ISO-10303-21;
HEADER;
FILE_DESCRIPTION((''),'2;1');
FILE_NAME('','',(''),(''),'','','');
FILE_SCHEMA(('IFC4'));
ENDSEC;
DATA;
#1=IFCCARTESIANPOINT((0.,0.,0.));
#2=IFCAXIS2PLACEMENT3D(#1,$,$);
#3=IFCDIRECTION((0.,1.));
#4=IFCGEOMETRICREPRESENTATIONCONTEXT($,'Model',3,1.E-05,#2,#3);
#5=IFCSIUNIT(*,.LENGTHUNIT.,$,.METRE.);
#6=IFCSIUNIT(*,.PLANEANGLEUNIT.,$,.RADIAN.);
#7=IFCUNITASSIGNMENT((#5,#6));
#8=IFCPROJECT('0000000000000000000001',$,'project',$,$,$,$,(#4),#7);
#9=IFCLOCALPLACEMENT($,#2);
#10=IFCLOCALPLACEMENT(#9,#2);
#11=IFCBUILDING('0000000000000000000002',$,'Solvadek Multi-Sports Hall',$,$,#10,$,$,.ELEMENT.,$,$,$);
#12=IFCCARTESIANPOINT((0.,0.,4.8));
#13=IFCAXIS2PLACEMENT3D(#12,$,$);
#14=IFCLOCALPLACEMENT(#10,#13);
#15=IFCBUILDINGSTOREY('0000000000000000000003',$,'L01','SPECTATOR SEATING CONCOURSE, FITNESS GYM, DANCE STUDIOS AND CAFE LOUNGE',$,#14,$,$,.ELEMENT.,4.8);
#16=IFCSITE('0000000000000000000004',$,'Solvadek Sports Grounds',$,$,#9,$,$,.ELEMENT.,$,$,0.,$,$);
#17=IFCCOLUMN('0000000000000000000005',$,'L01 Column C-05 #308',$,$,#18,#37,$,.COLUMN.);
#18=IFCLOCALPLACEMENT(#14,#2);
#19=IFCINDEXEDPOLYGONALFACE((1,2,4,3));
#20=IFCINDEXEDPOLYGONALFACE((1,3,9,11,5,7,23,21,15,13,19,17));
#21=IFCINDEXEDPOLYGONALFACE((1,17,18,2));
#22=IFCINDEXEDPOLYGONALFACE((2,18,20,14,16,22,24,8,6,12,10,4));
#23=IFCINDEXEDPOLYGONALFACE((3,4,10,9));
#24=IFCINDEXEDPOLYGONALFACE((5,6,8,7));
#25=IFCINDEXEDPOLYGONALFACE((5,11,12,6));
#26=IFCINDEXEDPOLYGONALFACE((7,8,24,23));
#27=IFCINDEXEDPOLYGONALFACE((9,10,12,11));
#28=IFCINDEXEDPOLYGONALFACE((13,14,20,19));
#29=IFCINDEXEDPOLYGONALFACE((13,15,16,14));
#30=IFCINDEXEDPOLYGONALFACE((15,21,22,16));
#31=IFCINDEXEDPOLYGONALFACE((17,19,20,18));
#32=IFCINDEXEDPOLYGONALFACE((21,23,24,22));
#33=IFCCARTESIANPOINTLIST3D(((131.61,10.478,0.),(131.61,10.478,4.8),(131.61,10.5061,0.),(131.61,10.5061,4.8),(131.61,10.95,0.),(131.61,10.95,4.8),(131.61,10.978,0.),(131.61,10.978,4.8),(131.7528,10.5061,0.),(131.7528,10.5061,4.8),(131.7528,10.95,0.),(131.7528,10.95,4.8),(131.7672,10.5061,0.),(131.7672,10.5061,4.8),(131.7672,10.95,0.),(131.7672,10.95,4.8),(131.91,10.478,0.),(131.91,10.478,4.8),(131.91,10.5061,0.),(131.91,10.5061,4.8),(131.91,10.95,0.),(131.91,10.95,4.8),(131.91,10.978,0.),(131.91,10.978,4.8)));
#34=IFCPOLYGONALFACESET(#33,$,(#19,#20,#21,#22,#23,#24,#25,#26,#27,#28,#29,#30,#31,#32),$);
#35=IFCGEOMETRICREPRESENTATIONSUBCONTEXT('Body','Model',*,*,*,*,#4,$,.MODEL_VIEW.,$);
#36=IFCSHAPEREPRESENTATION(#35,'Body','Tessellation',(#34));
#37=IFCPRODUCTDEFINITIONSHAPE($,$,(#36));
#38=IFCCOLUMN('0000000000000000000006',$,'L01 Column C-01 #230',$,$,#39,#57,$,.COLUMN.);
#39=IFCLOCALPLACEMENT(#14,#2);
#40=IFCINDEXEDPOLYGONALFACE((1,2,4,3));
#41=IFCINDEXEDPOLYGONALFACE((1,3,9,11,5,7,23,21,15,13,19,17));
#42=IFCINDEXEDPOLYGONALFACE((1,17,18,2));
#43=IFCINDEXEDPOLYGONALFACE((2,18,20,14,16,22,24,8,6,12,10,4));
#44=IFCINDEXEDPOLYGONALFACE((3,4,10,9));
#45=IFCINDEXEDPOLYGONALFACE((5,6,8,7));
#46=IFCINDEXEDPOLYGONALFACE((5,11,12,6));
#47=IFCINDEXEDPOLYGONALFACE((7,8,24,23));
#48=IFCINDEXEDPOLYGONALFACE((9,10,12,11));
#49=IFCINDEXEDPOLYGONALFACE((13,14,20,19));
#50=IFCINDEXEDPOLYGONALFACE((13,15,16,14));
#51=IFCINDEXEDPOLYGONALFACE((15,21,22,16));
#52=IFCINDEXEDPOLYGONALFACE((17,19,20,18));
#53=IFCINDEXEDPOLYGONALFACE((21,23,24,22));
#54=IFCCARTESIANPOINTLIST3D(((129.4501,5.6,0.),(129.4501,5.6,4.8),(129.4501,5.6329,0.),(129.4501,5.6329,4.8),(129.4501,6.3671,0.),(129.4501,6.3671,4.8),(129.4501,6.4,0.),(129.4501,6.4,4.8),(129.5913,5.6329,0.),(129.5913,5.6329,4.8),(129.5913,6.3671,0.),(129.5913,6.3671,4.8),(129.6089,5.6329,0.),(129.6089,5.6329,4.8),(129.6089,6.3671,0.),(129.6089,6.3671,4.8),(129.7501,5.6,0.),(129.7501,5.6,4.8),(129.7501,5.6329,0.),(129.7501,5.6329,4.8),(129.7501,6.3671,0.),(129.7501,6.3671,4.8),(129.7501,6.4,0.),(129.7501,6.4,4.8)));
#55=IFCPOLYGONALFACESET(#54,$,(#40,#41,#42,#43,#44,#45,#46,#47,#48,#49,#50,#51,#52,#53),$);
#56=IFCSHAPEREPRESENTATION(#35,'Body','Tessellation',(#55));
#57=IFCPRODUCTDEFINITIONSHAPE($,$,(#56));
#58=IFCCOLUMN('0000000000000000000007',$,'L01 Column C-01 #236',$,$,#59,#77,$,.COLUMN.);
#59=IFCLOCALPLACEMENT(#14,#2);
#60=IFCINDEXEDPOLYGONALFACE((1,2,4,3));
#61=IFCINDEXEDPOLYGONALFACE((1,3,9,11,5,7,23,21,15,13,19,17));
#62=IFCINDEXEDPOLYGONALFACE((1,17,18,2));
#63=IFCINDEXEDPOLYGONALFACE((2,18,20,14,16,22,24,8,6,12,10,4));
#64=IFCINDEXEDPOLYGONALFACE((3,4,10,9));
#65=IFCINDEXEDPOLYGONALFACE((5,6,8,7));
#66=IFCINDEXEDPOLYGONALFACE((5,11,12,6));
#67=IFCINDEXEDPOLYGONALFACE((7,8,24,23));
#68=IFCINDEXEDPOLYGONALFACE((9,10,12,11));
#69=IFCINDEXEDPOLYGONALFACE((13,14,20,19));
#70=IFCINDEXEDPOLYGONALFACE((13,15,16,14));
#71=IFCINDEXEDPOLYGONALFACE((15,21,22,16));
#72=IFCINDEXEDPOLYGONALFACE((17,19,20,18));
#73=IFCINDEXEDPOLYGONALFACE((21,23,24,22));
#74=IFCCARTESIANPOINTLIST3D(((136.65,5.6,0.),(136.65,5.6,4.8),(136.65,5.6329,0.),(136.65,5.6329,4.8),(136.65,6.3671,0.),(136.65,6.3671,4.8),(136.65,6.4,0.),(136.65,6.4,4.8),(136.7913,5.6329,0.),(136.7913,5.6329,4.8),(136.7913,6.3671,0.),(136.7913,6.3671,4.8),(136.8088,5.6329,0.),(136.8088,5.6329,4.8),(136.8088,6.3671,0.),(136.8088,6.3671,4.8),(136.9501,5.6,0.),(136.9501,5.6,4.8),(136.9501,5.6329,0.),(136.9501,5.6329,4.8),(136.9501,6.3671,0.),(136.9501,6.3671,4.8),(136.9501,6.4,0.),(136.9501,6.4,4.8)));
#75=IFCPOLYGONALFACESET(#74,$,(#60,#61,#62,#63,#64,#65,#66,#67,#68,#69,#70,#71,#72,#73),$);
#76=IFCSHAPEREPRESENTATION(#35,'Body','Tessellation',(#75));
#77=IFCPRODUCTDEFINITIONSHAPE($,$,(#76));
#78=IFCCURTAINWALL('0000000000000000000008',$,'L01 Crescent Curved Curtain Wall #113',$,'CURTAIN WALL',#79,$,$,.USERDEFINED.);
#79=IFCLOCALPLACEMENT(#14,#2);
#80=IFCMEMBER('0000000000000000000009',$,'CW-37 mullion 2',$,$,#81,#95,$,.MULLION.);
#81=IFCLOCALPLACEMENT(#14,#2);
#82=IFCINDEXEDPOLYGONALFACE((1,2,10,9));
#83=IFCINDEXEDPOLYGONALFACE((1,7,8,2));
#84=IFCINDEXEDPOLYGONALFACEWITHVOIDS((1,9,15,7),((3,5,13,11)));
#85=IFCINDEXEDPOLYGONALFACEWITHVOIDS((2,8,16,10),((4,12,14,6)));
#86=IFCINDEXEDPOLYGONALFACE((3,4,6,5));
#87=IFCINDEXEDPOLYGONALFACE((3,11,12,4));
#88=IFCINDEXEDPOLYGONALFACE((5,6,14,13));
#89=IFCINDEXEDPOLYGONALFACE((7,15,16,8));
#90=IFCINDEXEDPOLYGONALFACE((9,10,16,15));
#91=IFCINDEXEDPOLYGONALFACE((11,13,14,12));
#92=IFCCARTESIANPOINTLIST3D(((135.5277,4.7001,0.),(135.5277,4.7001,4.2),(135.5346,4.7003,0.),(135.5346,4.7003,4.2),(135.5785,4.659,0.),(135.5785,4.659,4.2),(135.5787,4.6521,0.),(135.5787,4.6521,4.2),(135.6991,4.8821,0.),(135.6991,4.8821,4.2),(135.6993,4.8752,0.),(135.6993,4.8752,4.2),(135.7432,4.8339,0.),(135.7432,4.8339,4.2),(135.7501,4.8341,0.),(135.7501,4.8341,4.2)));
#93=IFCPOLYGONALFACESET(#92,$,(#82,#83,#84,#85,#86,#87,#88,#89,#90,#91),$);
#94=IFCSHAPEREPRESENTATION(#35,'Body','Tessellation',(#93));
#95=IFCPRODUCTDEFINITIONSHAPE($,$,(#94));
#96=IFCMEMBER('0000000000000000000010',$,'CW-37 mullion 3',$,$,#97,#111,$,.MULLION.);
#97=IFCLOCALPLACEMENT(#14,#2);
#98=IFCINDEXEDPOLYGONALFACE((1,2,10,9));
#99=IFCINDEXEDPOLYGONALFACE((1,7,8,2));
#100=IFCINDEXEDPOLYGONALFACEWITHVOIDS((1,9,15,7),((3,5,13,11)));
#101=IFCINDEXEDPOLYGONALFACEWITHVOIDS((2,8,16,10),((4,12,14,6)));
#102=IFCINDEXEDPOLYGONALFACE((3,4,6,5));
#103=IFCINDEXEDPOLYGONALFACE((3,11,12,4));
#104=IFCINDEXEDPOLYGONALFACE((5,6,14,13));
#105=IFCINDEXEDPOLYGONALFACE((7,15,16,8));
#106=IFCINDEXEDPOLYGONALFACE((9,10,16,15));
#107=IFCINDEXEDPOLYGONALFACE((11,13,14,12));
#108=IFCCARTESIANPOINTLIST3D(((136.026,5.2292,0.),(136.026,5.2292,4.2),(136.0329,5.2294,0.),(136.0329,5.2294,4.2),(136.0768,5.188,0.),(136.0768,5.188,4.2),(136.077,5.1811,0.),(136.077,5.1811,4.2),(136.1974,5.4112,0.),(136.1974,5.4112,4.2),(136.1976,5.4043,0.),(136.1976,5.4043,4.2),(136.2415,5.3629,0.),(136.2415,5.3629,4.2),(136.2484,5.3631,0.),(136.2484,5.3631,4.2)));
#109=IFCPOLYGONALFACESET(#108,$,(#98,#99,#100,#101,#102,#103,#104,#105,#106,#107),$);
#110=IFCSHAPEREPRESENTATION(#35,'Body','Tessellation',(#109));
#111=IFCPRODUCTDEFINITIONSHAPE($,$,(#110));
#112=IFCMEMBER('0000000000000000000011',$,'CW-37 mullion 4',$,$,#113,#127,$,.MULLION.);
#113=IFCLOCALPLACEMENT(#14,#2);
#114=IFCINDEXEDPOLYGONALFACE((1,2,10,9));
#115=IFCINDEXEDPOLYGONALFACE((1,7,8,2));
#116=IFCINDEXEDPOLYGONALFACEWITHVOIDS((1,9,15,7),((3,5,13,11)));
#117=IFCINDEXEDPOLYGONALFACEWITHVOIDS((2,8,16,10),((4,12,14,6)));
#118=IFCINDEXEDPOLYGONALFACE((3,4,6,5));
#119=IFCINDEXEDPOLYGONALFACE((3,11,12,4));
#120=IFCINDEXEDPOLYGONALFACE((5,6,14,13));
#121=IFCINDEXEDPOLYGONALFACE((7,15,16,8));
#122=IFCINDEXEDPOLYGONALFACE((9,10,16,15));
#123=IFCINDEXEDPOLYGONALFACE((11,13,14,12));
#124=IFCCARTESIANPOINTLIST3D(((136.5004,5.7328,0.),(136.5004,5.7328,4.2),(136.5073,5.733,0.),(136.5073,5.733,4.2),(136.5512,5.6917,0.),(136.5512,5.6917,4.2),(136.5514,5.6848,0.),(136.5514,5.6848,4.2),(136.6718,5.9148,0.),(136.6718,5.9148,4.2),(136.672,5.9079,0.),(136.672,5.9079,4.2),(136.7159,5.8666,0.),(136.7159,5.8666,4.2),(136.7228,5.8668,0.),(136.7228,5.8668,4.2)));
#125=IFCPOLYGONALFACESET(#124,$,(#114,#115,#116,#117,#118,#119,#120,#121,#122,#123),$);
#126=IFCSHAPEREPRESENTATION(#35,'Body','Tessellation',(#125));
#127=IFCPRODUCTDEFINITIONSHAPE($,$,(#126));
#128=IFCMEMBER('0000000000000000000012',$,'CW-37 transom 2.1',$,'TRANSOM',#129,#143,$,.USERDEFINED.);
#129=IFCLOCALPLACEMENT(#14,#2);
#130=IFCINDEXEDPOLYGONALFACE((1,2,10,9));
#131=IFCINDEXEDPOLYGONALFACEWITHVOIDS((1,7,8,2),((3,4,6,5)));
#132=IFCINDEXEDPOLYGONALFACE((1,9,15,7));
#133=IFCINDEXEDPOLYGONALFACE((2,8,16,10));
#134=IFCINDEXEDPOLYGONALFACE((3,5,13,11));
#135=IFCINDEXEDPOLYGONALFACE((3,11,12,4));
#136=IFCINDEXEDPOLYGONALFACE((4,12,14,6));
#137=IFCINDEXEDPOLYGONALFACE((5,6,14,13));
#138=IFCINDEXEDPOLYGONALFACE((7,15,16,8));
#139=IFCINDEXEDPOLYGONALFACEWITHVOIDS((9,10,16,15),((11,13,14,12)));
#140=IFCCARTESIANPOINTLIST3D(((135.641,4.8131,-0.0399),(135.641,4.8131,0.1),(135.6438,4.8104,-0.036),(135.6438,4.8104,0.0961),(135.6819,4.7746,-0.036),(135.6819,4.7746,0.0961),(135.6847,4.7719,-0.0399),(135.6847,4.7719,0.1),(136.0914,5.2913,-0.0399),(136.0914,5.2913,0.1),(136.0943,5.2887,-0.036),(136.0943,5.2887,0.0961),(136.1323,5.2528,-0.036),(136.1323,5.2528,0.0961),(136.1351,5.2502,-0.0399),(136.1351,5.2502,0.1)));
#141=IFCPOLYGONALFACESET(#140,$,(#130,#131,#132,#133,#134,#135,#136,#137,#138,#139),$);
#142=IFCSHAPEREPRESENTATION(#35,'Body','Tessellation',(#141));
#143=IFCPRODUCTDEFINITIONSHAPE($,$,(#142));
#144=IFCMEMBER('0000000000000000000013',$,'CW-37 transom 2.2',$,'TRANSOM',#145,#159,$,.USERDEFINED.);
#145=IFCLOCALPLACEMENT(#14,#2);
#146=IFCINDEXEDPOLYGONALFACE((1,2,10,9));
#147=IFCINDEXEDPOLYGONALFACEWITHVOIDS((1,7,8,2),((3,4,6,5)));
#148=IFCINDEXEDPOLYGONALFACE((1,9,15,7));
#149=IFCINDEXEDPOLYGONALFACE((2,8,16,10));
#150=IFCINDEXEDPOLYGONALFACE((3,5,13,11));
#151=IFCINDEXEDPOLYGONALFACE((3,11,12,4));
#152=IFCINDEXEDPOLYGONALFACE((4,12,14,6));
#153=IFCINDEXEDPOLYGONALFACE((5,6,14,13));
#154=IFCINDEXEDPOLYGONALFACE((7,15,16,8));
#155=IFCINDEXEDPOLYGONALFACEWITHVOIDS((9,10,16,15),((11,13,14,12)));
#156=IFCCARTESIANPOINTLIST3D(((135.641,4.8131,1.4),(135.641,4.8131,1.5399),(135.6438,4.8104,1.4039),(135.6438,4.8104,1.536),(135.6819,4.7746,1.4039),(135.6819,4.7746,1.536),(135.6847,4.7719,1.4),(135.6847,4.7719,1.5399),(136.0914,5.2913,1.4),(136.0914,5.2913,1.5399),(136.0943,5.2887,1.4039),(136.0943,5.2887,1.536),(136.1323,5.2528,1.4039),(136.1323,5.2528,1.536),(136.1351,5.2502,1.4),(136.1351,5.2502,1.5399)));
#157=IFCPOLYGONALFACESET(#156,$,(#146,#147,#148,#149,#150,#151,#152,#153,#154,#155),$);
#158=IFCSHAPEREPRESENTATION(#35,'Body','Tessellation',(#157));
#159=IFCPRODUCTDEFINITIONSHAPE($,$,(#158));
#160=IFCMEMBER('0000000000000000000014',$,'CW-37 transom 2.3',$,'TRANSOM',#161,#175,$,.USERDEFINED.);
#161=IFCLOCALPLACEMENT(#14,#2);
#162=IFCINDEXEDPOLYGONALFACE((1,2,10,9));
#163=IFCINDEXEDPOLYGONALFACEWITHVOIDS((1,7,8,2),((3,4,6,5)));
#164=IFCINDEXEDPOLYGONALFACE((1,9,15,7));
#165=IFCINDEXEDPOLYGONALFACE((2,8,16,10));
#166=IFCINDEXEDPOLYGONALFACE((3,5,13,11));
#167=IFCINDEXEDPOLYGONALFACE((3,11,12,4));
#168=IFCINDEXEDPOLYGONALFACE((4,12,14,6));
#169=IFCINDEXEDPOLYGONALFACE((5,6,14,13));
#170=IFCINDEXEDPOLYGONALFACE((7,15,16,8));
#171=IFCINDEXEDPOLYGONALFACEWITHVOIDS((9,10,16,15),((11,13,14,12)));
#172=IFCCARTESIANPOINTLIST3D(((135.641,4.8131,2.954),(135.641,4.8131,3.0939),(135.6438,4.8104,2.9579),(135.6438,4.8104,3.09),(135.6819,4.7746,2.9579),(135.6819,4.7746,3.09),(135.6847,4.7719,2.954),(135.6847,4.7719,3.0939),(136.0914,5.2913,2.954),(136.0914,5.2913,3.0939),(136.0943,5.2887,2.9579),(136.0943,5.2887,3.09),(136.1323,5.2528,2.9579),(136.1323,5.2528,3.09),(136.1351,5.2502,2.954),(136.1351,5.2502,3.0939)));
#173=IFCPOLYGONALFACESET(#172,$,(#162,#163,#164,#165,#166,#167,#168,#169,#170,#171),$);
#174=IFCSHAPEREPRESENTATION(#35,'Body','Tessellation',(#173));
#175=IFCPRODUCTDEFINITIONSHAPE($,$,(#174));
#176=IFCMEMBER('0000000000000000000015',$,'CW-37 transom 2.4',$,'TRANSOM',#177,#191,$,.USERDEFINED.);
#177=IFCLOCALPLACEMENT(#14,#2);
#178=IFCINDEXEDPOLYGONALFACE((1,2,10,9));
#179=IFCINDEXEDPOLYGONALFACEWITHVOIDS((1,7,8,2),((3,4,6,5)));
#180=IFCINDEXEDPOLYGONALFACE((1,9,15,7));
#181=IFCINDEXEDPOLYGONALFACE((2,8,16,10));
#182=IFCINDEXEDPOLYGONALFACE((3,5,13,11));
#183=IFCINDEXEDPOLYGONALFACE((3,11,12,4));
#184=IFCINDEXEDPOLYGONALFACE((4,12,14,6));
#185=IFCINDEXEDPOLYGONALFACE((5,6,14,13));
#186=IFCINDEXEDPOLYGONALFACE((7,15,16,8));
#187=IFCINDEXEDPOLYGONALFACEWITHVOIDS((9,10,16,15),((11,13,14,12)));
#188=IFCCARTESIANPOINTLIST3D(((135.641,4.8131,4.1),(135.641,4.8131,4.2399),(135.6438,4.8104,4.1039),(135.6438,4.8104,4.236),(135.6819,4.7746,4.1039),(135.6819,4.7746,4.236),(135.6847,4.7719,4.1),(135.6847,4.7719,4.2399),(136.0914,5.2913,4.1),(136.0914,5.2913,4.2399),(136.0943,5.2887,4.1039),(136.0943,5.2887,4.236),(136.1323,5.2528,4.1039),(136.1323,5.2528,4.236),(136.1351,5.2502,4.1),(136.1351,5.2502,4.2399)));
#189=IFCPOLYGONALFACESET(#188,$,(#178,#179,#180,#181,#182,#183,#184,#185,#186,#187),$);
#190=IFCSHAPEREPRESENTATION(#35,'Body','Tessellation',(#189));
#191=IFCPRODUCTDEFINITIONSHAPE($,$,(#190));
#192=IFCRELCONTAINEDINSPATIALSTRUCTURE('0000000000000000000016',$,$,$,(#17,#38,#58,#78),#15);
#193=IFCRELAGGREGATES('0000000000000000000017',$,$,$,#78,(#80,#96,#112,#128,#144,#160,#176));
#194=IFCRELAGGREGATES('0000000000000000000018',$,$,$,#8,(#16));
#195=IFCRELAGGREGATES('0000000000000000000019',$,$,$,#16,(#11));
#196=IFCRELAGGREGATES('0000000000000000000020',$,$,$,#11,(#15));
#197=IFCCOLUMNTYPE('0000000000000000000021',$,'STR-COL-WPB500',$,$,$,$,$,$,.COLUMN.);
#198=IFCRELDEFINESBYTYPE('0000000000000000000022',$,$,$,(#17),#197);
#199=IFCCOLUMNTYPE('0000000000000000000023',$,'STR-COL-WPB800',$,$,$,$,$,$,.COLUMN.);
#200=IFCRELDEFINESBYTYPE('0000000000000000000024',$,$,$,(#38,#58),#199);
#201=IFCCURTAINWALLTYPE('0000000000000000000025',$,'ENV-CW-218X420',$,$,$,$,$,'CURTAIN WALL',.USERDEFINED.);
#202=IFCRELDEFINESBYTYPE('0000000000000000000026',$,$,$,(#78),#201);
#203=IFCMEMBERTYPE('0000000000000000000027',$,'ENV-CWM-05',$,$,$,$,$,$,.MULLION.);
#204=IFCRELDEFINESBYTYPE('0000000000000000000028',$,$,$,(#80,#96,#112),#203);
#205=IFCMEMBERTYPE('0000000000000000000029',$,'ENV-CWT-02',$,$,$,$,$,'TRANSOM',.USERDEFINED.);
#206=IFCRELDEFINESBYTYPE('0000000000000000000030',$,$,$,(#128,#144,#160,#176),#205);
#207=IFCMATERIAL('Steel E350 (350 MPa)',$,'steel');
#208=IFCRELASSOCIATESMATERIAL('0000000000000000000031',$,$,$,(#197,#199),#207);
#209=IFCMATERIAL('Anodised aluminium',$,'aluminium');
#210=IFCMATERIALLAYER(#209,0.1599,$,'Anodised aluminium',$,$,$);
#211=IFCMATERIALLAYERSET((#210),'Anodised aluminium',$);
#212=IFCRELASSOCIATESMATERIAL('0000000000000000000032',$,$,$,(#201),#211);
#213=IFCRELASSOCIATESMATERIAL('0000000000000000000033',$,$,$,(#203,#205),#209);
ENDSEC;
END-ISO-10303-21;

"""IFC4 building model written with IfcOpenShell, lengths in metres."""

from ifc_helpers import new_model, si_unit, direction, frame, origin, origin_2d, place, context, subcontext, project, spatial, hollow_rectangle, i_section, extrude, material, layer, layer_set, material_profile, profile_set, type_object, element, aggregate, save


model = new_model("IFC4")

# Units and contexts
model_context = context("Model", 3, precision=1e-05, world=origin(), true_north=direction((0.0, 1.0)))
body_context = subcontext(model_context, "Body", "Model", "MODEL_VIEW")
ifc_project = project(units=[si_unit("LENGTHUNIT", "METRE"), si_unit("PLANEANGLEUNIT", "RADIAN")], contexts=[model_context])

# Site, building, storey
site_placement = place(None, origin())
site = spatial("IfcSite", under=ifc_project, at=site_placement, Name="Solvadek Sports Grounds", CompositionType="ELEMENT", RefElevation=0.0)
building_placement = place(site_placement, origin())
building = spatial("IfcBuilding", under=site, at=building_placement, Name="Solvadek Multi-Sports Hall", CompositionType="ELEMENT")
storey_placement = place(building_placement, frame((0.0, 0.0, 4.8)))
storey = spatial("IfcBuildingStorey", under=building, at=storey_placement, Name="L01", Description="SPECTATOR SEATING CONCOURSE, FITNESS GYM, DANCE STUDIOS AND CAFE LOUNGE", CompositionType="ELEMENT", Elevation=4.8)

# Columns
ifc_material_1 = material(Name="Steel E350 (350 MPa)", Category="steel")
ifc_material_profile_1 = material_profile(ifc_material_1, i_section(OverallWidth=0.3, OverallDepth=0.5, WebThickness=0.0144, FlangeThickness=0.0281, at=origin_2d()), Name="WPB 500")
ifc_profile_set_1 = profile_set([ifc_material_profile_1], Name="Steel E350 (350 MPa)")
column_type_1 = type_object("IfcColumnType", Name="STR-COL-WPB500", PredefinedType="COLUMN", material=ifc_profile_set_1)
column_placement = place(storey_placement, frame((131.76, 10.728, 0.0), z_axis=(0.0, 0.0, 1.0), x_axis=(1.0, 0.0, 0.0)))
element("IfcColumn", 1, at=column_placement, inside=storey, type_object=column_type_1, Name="L01 Column C-05 #308", PredefinedType="COLUMN", context=body_context, shape_type="SweptSolid", body=[
    extrude(i_section(OverallWidth=0.3, OverallDepth=0.5, WebThickness=0.0144, FlangeThickness=0.0281, at=origin_2d()), origin(), (0.0, 0.0, 1.0), 4.8),
])
ifc_material_profile_2 = material_profile(ifc_material_1, i_section(OverallWidth=0.3, OverallDepth=0.8, WebThickness=0.0176, FlangeThickness=0.033, at=origin_2d()), Name="WPB 800")
ifc_profile_set_2 = profile_set([ifc_material_profile_2], Name="Steel E350 (350 MPa)")
column_type_2 = type_object("IfcColumnType", Name="STR-COL-WPB800", PredefinedType="COLUMN", material=ifc_profile_set_2)
for number, where, z_axis, x_axis, name in (
    (2, (129.6001, 6.0, 0.0), (0.0, 0.0, 1.0), (1.0, 0.0, 0.0), "L01 Column C-01 #230"),
    (3, (136.8, 6.0, 0.0), (0.0, 0.0, 1.0), (1.0, 0.0, 0.0), "L01 Column C-01 #236"),
):
    element("IfcColumn", number, at=place(storey_placement, frame(where, z_axis=z_axis, x_axis=x_axis)), inside=storey, type_object=column_type_2, Name=name, PredefinedType="COLUMN", context=body_context, shape_type="SweptSolid", body=[
        extrude(i_section(OverallWidth=0.3, OverallDepth=0.8, WebThickness=0.0176, FlangeThickness=0.033, at=origin_2d()), origin(), (0.0, 0.0, 1.0), 4.8),
    ])

# Curtain wall, members
ifc_material_2 = material(Name="Anodised aluminium", Category="aluminium")
ifc_layer_1 = layer(ifc_material_2, 0.1599, Name="Anodised aluminium")
ifc_layer_set_1 = layer_set([ifc_layer_1], Name="Anodised aluminium")
curtain_wall_type = type_object("IfcCurtainWallType", Name="ENV-CW-218X420", ElementType="CURTAIN WALL", PredefinedType="USERDEFINED", material=ifc_layer_set_1)
curtain_wall_placement = place(storey_placement, origin())
curtain_wall = element("IfcCurtainWall", 4, at=curtain_wall_placement, inside=storey, type_object=curtain_wall_type, Name="L01 Crescent Curved Curtain Wall #113", ObjectType="CURTAIN WALL", PredefinedType="USERDEFINED")
ifc_material_profile_3 = material_profile(ifc_material_2, hollow_rectangle(XDim=0.0701, YDim=0.25, WallThickness=0.0049, at=origin_2d()), Name="ALU-M 250x70x5")
ifc_profile_set_3 = profile_set([ifc_material_profile_3], Name="Anodised aluminium")
member_type_1 = type_object("IfcMemberType", Name="ENV-CWM-05", PredefinedType="MULLION", material=ifc_profile_set_3)
member_1_placement = place(storey_placement, frame((135.6389, 4.7671, 0.0), z_axis=(0.0, 0.0, 1.0), x_axis=(-0.727999, 0.685578, 0.0)))
member_1 = element("IfcMember", 5, at=member_1_placement, type_object=member_type_1, Name="CW-37 mullion 2", PredefinedType="MULLION", context=body_context, shape_type="SweptSolid", body=[
    extrude(hollow_rectangle(XDim=0.0701, YDim=0.25, WallThickness=0.0049, at=origin_2d()), origin(), (0.0, 0.0, 1.0), 4.2),
])
member_2_placement = place(storey_placement, frame((136.1372, 5.2961, 0.0), z_axis=(0.0, 0.0, 1.0), x_axis=(-0.727999, 0.685578, 0.0)))
member_2 = element("IfcMember", 6, at=member_2_placement, type_object=member_type_1, Name="CW-37 mullion 3", PredefinedType="MULLION", context=body_context, shape_type="SweptSolid", body=[
    extrude(hollow_rectangle(XDim=0.0701, YDim=0.25, WallThickness=0.0049, at=origin_2d()), origin(), (0.0, 0.0, 1.0), 4.2),
])
member_3_placement = place(storey_placement, frame((136.6116, 5.7998, 0.0), z_axis=(0.0, 0.0, 1.0), x_axis=(-0.727999, 0.685578, 0.0)))
member_3 = element("IfcMember", 7, at=member_3_placement, type_object=member_type_1, Name="CW-37 mullion 4", PredefinedType="MULLION", context=body_context, shape_type="SweptSolid", body=[
    extrude(hollow_rectangle(XDim=0.0701, YDim=0.25, WallThickness=0.0049, at=origin_2d()), origin(), (0.0, 0.0, 1.0), 4.2),
])
ifc_material_profile_4 = material_profile(ifc_material_2, hollow_rectangle(XDim=0.0601, YDim=0.1399, WallThickness=0.0039, at=origin_2d()), Name="ALU-T 140x60x4")
ifc_profile_set_4 = profile_set([ifc_material_profile_4], Name="Anodised aluminium")
member_type_2 = type_object("IfcMemberType", Name="ENV-CWT-02", ElementType="TRANSOM", PredefinedType="USERDEFINED", material=ifc_profile_set_4)
member_4_placement = place(storey_placement, frame((135.6628, 4.7925, 0.03), z_axis=(0.685608, 0.727971, 0.0), x_axis=(-0.727971, 0.685608, 0.0)))
member_4 = element("IfcMember", 8, at=member_4_placement, type_object=member_type_2, Name="CW-37 transom 2.1", ObjectType="TRANSOM", PredefinedType="USERDEFINED", context=body_context, shape_type="SweptSolid", body=[
    extrude(hollow_rectangle(XDim=0.0601, YDim=0.1399, WallThickness=0.0039, at=origin_2d()), origin(), (0.0, 0.0, 1.0), 0.657),
])
member_5_placement = place(storey_placement, frame((135.6628, 4.7925, 1.47), z_axis=(0.685608, 0.727971, 0.0), x_axis=(-0.727971, 0.685608, 0.0)))
member_5 = element("IfcMember", 9, at=member_5_placement, type_object=member_type_2, Name="CW-37 transom 2.2", ObjectType="TRANSOM", PredefinedType="USERDEFINED", context=body_context, shape_type="SweptSolid", body=[
    extrude(hollow_rectangle(XDim=0.0601, YDim=0.1399, WallThickness=0.0039, at=origin_2d()), origin(), (0.0, 0.0, 1.0), 0.657),
])
member_6_placement = place(storey_placement, frame((135.6628, 4.7925, 3.0239), z_axis=(0.685608, 0.727971, 0.0), x_axis=(-0.727971, 0.685608, 0.0)))
member_6 = element("IfcMember", 10, at=member_6_placement, type_object=member_type_2, Name="CW-37 transom 2.3", ObjectType="TRANSOM", PredefinedType="USERDEFINED", context=body_context, shape_type="SweptSolid", body=[
    extrude(hollow_rectangle(XDim=0.0601, YDim=0.1399, WallThickness=0.0039, at=origin_2d()), origin(), (0.0, 0.0, 1.0), 0.657),
])
member_7_placement = place(storey_placement, frame((135.6628, 4.7925, 4.1699), z_axis=(0.685608, 0.727971, 0.0), x_axis=(-0.727971, 0.685608, 0.0)))
member_7 = element("IfcMember", 11, at=member_7_placement, type_object=member_type_2, Name="CW-37 transom 2.4", ObjectType="TRANSOM", PredefinedType="USERDEFINED", context=body_context, shape_type="SweptSolid", body=[
    extrude(hollow_rectangle(XDim=0.0601, YDim=0.1399, WallThickness=0.0039, at=origin_2d()), origin(), (0.0, 0.0, 1.0), 0.657),
])

aggregate(curtain_wall, [member_1, member_2, member_3, member_4, member_5, member_6, member_7])

save(model, "model.ifc")
